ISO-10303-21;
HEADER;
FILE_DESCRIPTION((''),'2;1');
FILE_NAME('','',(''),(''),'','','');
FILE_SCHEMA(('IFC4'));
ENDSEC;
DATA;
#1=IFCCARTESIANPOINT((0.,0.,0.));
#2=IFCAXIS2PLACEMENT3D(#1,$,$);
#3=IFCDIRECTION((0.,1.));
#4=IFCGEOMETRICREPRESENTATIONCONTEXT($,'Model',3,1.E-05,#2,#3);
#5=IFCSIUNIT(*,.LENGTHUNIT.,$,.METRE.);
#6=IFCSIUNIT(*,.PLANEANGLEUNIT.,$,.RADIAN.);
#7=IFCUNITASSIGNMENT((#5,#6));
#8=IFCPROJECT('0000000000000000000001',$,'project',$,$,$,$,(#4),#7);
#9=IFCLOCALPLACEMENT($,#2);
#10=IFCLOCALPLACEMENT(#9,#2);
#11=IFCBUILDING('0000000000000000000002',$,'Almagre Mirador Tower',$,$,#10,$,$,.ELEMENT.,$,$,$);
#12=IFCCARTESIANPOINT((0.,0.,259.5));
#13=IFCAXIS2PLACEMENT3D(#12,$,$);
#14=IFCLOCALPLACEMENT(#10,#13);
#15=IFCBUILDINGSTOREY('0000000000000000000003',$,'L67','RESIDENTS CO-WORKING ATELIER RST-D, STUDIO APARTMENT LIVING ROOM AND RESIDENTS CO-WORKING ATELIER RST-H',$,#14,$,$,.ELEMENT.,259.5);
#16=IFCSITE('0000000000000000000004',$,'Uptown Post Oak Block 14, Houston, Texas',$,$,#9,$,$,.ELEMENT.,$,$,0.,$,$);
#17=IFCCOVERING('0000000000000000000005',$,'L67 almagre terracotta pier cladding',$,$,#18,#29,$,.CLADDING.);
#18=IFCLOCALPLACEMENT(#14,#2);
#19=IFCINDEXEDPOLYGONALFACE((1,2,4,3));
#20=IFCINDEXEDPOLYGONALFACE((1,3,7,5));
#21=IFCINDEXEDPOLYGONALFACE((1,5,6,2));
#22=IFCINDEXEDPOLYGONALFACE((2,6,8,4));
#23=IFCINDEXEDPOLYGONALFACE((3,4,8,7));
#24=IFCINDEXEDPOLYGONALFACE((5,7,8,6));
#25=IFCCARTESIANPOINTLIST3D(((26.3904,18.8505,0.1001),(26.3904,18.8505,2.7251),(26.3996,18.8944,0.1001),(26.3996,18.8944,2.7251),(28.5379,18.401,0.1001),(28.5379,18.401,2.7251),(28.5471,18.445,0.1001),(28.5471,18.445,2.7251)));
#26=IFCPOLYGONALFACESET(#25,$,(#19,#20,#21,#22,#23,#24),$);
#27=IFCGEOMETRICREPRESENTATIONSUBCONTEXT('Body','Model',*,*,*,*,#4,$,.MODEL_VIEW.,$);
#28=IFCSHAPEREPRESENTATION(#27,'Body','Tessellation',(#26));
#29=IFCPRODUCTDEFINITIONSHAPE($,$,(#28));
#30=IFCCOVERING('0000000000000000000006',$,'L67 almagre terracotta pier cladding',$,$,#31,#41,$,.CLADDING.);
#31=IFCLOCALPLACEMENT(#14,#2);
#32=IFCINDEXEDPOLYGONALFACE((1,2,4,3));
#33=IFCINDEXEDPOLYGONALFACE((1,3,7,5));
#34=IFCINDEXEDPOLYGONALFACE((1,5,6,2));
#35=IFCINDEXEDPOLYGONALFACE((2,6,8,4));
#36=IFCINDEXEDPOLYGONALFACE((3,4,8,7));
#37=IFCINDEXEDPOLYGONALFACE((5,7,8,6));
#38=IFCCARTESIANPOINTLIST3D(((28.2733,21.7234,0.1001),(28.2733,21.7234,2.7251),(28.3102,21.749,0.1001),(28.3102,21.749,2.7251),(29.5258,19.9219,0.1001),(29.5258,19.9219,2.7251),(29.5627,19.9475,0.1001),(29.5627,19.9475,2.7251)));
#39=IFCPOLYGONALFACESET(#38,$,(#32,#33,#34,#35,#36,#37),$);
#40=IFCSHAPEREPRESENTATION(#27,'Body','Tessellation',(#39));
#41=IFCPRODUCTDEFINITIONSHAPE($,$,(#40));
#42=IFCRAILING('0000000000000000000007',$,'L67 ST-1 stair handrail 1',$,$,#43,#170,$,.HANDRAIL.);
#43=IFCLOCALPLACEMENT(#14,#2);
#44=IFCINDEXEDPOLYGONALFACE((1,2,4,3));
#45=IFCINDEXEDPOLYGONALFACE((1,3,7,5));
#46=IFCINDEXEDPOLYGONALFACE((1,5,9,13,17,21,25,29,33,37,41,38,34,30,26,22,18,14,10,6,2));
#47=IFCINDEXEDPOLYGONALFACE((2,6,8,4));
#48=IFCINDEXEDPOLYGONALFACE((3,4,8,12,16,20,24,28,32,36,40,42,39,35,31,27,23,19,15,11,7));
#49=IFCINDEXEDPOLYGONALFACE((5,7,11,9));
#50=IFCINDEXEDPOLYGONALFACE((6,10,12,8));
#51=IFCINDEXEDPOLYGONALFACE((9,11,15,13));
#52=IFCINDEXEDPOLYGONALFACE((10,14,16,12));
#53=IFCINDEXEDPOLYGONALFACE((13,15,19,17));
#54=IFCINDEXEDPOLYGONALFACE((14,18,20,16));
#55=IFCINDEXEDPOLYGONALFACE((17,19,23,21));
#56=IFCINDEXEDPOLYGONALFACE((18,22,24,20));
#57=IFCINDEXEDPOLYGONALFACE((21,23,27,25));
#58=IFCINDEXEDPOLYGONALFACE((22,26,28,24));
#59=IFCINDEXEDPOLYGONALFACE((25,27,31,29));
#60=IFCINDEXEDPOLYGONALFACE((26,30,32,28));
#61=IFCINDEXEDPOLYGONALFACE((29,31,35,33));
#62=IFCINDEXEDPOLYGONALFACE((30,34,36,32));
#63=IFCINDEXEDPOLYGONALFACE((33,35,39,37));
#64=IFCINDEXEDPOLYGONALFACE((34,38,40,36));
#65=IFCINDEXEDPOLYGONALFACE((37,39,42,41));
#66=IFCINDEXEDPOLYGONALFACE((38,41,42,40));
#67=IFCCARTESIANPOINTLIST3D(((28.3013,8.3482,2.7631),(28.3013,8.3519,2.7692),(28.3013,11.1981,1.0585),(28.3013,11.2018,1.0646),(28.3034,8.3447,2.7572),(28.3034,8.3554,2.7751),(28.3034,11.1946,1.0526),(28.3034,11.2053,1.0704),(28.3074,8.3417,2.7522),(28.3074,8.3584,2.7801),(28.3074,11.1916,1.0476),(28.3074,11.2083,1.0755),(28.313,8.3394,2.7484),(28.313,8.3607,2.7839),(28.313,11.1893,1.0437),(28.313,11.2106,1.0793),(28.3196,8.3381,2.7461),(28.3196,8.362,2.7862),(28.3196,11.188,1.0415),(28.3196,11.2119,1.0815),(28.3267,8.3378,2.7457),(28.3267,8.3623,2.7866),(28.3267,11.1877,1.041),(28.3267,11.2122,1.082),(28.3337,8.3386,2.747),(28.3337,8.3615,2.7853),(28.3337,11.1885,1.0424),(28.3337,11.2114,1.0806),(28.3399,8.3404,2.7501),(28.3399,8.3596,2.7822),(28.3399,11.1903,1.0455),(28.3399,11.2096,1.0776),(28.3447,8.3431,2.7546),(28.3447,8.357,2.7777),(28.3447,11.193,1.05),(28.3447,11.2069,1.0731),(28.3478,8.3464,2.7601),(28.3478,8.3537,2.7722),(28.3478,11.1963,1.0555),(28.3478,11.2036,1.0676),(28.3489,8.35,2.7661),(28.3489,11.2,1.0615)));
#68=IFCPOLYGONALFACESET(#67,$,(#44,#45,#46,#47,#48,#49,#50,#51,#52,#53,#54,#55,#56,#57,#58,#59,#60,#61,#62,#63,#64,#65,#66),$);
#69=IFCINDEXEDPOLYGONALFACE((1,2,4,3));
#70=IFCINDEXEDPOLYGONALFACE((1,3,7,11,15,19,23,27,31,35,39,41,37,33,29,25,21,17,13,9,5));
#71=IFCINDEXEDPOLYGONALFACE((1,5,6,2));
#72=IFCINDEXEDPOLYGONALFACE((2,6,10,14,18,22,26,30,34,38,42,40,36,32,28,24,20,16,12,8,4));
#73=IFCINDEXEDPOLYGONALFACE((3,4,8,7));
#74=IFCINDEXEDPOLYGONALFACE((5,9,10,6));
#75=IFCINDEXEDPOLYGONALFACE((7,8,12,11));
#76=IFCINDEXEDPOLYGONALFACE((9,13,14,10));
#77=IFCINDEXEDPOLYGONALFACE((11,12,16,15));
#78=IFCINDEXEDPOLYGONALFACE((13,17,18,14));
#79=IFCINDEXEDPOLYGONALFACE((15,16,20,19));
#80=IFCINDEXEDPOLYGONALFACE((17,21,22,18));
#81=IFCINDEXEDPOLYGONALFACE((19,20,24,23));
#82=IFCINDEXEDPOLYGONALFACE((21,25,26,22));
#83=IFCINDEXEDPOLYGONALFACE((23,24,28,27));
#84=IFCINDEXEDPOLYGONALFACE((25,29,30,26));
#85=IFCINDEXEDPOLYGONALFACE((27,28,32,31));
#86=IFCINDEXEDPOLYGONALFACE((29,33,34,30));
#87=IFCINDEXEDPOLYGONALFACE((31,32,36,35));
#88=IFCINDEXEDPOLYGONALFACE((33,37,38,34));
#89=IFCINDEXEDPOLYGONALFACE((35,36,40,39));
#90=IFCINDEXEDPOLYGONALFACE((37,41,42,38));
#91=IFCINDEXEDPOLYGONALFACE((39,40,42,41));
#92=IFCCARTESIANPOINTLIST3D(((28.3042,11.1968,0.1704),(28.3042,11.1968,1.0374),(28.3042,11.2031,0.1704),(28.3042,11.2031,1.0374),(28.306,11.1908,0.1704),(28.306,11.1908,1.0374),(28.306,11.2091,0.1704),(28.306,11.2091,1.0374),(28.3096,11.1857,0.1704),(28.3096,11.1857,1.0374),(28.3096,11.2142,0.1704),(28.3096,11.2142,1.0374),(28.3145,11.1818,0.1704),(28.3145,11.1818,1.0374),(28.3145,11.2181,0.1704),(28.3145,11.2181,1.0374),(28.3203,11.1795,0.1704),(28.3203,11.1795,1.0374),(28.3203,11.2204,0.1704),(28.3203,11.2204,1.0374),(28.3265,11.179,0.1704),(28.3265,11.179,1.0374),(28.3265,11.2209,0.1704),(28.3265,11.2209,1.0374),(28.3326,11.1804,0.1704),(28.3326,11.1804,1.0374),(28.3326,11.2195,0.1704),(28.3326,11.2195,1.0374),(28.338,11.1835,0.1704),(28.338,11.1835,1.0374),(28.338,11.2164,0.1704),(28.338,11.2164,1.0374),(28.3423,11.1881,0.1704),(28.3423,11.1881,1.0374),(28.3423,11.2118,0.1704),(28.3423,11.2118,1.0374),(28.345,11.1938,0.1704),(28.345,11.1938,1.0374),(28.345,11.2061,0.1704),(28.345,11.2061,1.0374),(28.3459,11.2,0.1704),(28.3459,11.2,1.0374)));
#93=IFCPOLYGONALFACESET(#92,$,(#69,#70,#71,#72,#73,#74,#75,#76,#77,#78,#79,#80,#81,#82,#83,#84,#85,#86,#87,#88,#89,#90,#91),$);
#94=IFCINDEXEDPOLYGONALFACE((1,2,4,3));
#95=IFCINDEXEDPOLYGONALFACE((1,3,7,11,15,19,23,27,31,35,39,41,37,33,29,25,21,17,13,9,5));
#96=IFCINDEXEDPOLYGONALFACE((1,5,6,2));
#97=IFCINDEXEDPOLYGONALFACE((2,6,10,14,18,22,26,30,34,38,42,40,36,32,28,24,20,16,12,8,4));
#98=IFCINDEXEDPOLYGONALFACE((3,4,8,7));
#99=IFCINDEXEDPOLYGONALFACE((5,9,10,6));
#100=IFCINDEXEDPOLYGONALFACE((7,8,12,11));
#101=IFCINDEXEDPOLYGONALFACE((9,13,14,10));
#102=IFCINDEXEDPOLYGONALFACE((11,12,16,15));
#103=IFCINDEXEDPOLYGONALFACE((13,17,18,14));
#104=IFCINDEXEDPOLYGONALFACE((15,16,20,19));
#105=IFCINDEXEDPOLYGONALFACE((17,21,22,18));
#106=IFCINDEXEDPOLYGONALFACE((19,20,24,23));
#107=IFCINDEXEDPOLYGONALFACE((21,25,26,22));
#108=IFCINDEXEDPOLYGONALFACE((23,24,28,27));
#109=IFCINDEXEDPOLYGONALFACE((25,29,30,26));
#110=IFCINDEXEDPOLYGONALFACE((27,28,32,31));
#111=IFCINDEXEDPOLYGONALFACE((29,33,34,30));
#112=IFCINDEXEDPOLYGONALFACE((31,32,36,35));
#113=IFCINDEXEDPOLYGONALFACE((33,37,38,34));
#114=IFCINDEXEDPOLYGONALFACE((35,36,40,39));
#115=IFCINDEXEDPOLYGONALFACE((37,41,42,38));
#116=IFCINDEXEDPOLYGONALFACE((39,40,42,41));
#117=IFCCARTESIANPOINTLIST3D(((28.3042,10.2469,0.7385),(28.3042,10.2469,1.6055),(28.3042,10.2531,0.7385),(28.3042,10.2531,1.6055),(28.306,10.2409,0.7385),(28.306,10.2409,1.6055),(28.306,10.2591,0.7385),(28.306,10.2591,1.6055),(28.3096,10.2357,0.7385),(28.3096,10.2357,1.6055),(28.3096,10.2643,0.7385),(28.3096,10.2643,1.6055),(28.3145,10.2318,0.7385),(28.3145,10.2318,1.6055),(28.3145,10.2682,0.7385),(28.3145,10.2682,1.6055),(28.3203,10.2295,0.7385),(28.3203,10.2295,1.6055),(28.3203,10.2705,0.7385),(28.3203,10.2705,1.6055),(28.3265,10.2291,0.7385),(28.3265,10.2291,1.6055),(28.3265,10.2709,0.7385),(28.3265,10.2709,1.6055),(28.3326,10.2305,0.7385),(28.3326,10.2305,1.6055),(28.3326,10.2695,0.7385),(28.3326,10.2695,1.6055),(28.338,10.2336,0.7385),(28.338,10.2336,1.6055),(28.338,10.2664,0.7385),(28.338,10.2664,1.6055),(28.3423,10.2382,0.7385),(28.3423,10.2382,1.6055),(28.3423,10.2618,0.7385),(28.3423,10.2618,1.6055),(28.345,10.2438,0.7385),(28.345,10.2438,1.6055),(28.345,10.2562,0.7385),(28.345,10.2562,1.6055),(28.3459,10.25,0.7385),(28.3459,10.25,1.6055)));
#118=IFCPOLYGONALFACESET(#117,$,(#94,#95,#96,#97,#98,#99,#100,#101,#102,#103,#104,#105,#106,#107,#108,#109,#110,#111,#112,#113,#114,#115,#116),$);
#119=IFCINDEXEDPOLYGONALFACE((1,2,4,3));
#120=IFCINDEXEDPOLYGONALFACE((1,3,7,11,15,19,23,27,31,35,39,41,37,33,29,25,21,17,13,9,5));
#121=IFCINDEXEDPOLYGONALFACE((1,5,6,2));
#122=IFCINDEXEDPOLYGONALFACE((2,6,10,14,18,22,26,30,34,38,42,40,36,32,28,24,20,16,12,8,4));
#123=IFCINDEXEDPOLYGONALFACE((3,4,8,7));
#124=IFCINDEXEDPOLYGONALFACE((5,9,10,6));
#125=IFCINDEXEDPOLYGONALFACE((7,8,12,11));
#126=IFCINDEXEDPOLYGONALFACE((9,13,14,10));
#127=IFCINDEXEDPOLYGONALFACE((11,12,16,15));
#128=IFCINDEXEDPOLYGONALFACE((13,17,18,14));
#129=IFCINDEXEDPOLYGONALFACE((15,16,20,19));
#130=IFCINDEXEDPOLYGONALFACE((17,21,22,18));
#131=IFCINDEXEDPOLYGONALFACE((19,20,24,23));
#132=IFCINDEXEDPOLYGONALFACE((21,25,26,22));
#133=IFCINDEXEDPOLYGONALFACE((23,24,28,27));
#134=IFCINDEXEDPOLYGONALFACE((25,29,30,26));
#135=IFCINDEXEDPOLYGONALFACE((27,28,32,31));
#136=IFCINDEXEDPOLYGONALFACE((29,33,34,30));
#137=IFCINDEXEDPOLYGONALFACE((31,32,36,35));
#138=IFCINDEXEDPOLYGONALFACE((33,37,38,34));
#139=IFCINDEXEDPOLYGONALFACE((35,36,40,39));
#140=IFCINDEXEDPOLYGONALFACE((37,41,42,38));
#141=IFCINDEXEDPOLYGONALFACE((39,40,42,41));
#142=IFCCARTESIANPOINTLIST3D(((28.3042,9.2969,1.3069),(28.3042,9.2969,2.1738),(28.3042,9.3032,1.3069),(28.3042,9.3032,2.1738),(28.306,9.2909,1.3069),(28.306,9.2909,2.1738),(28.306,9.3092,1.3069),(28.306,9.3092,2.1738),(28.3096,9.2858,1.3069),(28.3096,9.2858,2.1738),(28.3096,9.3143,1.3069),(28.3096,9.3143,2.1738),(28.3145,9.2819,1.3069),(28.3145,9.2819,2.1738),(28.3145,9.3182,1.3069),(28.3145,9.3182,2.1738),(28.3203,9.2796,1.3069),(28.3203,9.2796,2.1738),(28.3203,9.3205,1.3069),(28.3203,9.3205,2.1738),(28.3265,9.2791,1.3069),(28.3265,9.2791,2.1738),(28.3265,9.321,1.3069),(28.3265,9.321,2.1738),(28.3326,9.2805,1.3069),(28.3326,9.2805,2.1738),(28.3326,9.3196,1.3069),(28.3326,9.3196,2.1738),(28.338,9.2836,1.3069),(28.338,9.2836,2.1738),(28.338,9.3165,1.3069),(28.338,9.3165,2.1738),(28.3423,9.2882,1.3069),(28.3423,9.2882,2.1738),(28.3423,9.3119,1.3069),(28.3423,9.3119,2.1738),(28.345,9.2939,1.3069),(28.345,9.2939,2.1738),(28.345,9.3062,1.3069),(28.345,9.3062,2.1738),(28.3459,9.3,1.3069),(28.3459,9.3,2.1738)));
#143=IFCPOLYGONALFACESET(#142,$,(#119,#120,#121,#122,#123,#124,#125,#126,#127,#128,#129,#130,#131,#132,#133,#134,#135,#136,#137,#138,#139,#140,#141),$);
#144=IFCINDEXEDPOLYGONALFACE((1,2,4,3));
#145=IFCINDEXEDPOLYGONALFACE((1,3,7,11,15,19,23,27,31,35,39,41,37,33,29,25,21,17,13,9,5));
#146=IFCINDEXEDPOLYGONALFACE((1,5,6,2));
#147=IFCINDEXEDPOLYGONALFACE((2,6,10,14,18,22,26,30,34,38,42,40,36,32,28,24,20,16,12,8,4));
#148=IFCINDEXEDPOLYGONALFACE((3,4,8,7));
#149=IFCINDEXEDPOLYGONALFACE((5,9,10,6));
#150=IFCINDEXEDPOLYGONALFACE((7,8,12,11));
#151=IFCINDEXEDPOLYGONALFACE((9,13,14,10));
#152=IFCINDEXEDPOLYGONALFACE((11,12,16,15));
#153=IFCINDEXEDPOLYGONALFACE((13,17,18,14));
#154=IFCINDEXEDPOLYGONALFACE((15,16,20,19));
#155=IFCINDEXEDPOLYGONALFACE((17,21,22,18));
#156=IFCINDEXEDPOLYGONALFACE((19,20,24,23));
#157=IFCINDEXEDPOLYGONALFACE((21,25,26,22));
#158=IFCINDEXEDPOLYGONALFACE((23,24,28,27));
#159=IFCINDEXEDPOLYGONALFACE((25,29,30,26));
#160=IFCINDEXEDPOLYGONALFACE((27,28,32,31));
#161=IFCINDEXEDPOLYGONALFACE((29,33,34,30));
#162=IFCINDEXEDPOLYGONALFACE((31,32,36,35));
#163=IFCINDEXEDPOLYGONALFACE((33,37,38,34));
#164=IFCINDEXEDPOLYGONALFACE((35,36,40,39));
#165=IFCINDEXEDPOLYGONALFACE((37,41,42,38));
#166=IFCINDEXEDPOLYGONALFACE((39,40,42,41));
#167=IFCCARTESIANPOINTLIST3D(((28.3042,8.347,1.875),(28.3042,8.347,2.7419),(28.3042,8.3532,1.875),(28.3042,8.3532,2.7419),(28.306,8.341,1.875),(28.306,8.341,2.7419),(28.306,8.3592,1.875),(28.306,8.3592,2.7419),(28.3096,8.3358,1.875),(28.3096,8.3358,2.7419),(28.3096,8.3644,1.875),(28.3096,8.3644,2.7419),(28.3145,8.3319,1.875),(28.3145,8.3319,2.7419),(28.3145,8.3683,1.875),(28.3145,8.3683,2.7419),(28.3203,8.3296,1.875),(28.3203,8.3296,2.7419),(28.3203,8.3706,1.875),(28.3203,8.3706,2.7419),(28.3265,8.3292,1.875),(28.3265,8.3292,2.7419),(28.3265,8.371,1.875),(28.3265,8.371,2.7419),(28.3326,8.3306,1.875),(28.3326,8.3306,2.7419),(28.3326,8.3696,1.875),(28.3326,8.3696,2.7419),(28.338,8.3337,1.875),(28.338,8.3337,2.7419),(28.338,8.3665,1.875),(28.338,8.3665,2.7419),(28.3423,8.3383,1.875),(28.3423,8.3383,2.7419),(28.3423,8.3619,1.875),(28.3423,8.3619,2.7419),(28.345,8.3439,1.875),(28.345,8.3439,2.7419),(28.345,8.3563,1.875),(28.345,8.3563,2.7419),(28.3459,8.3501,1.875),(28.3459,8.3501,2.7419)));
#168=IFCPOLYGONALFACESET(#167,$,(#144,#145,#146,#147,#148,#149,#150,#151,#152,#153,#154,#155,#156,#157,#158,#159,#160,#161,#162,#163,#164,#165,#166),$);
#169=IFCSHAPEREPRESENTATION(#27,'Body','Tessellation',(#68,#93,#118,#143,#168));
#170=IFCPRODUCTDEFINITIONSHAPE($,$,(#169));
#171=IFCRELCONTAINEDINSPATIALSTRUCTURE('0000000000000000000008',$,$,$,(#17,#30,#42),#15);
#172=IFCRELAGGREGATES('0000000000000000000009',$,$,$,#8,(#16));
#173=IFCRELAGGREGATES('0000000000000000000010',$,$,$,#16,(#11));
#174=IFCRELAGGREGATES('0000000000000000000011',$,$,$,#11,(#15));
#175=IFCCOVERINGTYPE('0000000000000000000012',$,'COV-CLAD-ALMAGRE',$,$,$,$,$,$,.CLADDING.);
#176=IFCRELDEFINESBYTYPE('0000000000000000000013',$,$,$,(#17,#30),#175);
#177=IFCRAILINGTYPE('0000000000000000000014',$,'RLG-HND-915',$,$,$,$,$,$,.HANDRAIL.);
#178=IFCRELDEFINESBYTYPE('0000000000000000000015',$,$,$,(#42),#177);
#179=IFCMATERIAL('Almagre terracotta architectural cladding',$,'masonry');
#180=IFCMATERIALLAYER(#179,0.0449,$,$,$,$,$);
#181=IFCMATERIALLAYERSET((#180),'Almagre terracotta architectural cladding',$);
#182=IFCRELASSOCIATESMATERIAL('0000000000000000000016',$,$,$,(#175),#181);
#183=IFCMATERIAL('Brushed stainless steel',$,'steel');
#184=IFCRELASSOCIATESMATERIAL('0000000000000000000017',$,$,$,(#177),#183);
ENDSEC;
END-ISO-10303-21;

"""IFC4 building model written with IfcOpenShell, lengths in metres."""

from ifc_helpers import new_model, si_unit, direction, frame, origin, origin_2d, place, context, subcontext, project, spatial, rectangle, circle, extrude, material, layer, layer_set, type_object, element, save


model = new_model("IFC4")

# Units and contexts
model_context = context("Model", 3, precision=1e-05, world=origin(), true_north=direction((0.0, 1.0)))
body_context = subcontext(model_context, "Body", "Model", "MODEL_VIEW")
ifc_project = project(units=[si_unit("LENGTHUNIT", "METRE"), si_unit("PLANEANGLEUNIT", "RADIAN")], contexts=[model_context])

# Site, building, storey
site_placement = place(None, origin())
site = spatial("IfcSite", under=ifc_project, at=site_placement, Name="Uptown Post Oak Block 14, Houston, Texas", CompositionType="ELEMENT", RefElevation=0.0)
building_placement = place(site_placement, origin())
building = spatial("IfcBuilding", under=site, at=building_placement, Name="Almagre Mirador Tower", CompositionType="ELEMENT")
storey_placement = place(building_placement, frame((0.0, 0.0, 259.5)))
storey = spatial("IfcBuildingStorey", under=building, at=storey_placement, Name="L67", Description="RESIDENTS CO-WORKING ATELIER RST-D, STUDIO APARTMENT LIVING ROOM AND RESIDENTS CO-WORKING ATELIER RST-H", CompositionType="ELEMENT", Elevation=259.5)

# Coverings
ifc_material_1 = material(Name="Almagre terracotta architectural cladding", Category="masonry")
ifc_layer_1 = layer(ifc_material_1, 0.0449)
ifc_layer_set_1 = layer_set([ifc_layer_1], Name="Almagre terracotta architectural cladding")
covering_type = type_object("IfcCoveringType", Name="COV-CLAD-ALMAGRE", PredefinedType="CLADDING", material=ifc_layer_set_1)
for number, where, z_axis, x_axis, name in (
    (1, (27.4688, 18.6477, 0.1001), (0.0, 0.0, 1.0), (0.978792, -0.204855, 0.0), "L67 almagre terracotta pier cladding"),
    (2, (28.918, 20.8354, 0.1001), (0.0, 0.0, 1.0), (-0.570857, 0.82105, 0.0), "L67 almagre terracotta pier cladding"),
):
    element("IfcCovering", number, at=place(storey_placement, frame(where, z_axis=z_axis, x_axis=x_axis)), inside=storey, type_object=covering_type, Name=name, PredefinedType="CLADDING", context=body_context, shape_type="SweptSolid", body=[
        extrude(rectangle(XDim=2.1941, YDim=0.0449, at=origin_2d()), origin(), (0.0, 0.0, 1.0), 2.625),
    ])

# Railing
ifc_material_2 = material(Name="Brushed stainless steel", Category="steel")
railing_type = type_object("IfcRailingType", Name="RLG-HND-915", PredefinedType="HANDRAIL", material=ifc_material_2)
railing_placement = place(storey_placement, frame((28.325, 11.2, 0.1704)))
element("IfcRailing", 3, at=railing_placement, inside=storey, type_object=railing_type, Name="L67 ST-1 stair handrail 1", PredefinedType="HANDRAIL", context=body_context, shape_type="SweptSolid", body=[
    extrude(circle(Radius=0.0239, at=origin_2d()), frame((0.0, 0.0, 0.8911), z_axis=(0.0, -0.858199, 0.513317), x_axis=(1.0, 0.0, 0.0)), (0.0, 0.0, 1.0), 3.3208),
    extrude(circle(Radius=0.021, at=origin_2d()), origin(), (0.0, 0.0, 1.0), 0.8669),
    extrude(circle(Radius=0.021, at=origin_2d()), frame((0.0, -0.95, 0.5681)), (0.0, 0.0, 1.0), 0.8669),
    extrude(circle(Radius=0.021, at=origin_2d()), frame((0.0, -1.8999, 1.1365)), (0.0, 0.0, 1.0), 0.8669),
    extrude(circle(Radius=0.021, at=origin_2d()), frame((0.0, -2.8499, 1.7046)), (0.0, 0.0, 1.0), 0.8669),
])

save(model, "model.ifc")
